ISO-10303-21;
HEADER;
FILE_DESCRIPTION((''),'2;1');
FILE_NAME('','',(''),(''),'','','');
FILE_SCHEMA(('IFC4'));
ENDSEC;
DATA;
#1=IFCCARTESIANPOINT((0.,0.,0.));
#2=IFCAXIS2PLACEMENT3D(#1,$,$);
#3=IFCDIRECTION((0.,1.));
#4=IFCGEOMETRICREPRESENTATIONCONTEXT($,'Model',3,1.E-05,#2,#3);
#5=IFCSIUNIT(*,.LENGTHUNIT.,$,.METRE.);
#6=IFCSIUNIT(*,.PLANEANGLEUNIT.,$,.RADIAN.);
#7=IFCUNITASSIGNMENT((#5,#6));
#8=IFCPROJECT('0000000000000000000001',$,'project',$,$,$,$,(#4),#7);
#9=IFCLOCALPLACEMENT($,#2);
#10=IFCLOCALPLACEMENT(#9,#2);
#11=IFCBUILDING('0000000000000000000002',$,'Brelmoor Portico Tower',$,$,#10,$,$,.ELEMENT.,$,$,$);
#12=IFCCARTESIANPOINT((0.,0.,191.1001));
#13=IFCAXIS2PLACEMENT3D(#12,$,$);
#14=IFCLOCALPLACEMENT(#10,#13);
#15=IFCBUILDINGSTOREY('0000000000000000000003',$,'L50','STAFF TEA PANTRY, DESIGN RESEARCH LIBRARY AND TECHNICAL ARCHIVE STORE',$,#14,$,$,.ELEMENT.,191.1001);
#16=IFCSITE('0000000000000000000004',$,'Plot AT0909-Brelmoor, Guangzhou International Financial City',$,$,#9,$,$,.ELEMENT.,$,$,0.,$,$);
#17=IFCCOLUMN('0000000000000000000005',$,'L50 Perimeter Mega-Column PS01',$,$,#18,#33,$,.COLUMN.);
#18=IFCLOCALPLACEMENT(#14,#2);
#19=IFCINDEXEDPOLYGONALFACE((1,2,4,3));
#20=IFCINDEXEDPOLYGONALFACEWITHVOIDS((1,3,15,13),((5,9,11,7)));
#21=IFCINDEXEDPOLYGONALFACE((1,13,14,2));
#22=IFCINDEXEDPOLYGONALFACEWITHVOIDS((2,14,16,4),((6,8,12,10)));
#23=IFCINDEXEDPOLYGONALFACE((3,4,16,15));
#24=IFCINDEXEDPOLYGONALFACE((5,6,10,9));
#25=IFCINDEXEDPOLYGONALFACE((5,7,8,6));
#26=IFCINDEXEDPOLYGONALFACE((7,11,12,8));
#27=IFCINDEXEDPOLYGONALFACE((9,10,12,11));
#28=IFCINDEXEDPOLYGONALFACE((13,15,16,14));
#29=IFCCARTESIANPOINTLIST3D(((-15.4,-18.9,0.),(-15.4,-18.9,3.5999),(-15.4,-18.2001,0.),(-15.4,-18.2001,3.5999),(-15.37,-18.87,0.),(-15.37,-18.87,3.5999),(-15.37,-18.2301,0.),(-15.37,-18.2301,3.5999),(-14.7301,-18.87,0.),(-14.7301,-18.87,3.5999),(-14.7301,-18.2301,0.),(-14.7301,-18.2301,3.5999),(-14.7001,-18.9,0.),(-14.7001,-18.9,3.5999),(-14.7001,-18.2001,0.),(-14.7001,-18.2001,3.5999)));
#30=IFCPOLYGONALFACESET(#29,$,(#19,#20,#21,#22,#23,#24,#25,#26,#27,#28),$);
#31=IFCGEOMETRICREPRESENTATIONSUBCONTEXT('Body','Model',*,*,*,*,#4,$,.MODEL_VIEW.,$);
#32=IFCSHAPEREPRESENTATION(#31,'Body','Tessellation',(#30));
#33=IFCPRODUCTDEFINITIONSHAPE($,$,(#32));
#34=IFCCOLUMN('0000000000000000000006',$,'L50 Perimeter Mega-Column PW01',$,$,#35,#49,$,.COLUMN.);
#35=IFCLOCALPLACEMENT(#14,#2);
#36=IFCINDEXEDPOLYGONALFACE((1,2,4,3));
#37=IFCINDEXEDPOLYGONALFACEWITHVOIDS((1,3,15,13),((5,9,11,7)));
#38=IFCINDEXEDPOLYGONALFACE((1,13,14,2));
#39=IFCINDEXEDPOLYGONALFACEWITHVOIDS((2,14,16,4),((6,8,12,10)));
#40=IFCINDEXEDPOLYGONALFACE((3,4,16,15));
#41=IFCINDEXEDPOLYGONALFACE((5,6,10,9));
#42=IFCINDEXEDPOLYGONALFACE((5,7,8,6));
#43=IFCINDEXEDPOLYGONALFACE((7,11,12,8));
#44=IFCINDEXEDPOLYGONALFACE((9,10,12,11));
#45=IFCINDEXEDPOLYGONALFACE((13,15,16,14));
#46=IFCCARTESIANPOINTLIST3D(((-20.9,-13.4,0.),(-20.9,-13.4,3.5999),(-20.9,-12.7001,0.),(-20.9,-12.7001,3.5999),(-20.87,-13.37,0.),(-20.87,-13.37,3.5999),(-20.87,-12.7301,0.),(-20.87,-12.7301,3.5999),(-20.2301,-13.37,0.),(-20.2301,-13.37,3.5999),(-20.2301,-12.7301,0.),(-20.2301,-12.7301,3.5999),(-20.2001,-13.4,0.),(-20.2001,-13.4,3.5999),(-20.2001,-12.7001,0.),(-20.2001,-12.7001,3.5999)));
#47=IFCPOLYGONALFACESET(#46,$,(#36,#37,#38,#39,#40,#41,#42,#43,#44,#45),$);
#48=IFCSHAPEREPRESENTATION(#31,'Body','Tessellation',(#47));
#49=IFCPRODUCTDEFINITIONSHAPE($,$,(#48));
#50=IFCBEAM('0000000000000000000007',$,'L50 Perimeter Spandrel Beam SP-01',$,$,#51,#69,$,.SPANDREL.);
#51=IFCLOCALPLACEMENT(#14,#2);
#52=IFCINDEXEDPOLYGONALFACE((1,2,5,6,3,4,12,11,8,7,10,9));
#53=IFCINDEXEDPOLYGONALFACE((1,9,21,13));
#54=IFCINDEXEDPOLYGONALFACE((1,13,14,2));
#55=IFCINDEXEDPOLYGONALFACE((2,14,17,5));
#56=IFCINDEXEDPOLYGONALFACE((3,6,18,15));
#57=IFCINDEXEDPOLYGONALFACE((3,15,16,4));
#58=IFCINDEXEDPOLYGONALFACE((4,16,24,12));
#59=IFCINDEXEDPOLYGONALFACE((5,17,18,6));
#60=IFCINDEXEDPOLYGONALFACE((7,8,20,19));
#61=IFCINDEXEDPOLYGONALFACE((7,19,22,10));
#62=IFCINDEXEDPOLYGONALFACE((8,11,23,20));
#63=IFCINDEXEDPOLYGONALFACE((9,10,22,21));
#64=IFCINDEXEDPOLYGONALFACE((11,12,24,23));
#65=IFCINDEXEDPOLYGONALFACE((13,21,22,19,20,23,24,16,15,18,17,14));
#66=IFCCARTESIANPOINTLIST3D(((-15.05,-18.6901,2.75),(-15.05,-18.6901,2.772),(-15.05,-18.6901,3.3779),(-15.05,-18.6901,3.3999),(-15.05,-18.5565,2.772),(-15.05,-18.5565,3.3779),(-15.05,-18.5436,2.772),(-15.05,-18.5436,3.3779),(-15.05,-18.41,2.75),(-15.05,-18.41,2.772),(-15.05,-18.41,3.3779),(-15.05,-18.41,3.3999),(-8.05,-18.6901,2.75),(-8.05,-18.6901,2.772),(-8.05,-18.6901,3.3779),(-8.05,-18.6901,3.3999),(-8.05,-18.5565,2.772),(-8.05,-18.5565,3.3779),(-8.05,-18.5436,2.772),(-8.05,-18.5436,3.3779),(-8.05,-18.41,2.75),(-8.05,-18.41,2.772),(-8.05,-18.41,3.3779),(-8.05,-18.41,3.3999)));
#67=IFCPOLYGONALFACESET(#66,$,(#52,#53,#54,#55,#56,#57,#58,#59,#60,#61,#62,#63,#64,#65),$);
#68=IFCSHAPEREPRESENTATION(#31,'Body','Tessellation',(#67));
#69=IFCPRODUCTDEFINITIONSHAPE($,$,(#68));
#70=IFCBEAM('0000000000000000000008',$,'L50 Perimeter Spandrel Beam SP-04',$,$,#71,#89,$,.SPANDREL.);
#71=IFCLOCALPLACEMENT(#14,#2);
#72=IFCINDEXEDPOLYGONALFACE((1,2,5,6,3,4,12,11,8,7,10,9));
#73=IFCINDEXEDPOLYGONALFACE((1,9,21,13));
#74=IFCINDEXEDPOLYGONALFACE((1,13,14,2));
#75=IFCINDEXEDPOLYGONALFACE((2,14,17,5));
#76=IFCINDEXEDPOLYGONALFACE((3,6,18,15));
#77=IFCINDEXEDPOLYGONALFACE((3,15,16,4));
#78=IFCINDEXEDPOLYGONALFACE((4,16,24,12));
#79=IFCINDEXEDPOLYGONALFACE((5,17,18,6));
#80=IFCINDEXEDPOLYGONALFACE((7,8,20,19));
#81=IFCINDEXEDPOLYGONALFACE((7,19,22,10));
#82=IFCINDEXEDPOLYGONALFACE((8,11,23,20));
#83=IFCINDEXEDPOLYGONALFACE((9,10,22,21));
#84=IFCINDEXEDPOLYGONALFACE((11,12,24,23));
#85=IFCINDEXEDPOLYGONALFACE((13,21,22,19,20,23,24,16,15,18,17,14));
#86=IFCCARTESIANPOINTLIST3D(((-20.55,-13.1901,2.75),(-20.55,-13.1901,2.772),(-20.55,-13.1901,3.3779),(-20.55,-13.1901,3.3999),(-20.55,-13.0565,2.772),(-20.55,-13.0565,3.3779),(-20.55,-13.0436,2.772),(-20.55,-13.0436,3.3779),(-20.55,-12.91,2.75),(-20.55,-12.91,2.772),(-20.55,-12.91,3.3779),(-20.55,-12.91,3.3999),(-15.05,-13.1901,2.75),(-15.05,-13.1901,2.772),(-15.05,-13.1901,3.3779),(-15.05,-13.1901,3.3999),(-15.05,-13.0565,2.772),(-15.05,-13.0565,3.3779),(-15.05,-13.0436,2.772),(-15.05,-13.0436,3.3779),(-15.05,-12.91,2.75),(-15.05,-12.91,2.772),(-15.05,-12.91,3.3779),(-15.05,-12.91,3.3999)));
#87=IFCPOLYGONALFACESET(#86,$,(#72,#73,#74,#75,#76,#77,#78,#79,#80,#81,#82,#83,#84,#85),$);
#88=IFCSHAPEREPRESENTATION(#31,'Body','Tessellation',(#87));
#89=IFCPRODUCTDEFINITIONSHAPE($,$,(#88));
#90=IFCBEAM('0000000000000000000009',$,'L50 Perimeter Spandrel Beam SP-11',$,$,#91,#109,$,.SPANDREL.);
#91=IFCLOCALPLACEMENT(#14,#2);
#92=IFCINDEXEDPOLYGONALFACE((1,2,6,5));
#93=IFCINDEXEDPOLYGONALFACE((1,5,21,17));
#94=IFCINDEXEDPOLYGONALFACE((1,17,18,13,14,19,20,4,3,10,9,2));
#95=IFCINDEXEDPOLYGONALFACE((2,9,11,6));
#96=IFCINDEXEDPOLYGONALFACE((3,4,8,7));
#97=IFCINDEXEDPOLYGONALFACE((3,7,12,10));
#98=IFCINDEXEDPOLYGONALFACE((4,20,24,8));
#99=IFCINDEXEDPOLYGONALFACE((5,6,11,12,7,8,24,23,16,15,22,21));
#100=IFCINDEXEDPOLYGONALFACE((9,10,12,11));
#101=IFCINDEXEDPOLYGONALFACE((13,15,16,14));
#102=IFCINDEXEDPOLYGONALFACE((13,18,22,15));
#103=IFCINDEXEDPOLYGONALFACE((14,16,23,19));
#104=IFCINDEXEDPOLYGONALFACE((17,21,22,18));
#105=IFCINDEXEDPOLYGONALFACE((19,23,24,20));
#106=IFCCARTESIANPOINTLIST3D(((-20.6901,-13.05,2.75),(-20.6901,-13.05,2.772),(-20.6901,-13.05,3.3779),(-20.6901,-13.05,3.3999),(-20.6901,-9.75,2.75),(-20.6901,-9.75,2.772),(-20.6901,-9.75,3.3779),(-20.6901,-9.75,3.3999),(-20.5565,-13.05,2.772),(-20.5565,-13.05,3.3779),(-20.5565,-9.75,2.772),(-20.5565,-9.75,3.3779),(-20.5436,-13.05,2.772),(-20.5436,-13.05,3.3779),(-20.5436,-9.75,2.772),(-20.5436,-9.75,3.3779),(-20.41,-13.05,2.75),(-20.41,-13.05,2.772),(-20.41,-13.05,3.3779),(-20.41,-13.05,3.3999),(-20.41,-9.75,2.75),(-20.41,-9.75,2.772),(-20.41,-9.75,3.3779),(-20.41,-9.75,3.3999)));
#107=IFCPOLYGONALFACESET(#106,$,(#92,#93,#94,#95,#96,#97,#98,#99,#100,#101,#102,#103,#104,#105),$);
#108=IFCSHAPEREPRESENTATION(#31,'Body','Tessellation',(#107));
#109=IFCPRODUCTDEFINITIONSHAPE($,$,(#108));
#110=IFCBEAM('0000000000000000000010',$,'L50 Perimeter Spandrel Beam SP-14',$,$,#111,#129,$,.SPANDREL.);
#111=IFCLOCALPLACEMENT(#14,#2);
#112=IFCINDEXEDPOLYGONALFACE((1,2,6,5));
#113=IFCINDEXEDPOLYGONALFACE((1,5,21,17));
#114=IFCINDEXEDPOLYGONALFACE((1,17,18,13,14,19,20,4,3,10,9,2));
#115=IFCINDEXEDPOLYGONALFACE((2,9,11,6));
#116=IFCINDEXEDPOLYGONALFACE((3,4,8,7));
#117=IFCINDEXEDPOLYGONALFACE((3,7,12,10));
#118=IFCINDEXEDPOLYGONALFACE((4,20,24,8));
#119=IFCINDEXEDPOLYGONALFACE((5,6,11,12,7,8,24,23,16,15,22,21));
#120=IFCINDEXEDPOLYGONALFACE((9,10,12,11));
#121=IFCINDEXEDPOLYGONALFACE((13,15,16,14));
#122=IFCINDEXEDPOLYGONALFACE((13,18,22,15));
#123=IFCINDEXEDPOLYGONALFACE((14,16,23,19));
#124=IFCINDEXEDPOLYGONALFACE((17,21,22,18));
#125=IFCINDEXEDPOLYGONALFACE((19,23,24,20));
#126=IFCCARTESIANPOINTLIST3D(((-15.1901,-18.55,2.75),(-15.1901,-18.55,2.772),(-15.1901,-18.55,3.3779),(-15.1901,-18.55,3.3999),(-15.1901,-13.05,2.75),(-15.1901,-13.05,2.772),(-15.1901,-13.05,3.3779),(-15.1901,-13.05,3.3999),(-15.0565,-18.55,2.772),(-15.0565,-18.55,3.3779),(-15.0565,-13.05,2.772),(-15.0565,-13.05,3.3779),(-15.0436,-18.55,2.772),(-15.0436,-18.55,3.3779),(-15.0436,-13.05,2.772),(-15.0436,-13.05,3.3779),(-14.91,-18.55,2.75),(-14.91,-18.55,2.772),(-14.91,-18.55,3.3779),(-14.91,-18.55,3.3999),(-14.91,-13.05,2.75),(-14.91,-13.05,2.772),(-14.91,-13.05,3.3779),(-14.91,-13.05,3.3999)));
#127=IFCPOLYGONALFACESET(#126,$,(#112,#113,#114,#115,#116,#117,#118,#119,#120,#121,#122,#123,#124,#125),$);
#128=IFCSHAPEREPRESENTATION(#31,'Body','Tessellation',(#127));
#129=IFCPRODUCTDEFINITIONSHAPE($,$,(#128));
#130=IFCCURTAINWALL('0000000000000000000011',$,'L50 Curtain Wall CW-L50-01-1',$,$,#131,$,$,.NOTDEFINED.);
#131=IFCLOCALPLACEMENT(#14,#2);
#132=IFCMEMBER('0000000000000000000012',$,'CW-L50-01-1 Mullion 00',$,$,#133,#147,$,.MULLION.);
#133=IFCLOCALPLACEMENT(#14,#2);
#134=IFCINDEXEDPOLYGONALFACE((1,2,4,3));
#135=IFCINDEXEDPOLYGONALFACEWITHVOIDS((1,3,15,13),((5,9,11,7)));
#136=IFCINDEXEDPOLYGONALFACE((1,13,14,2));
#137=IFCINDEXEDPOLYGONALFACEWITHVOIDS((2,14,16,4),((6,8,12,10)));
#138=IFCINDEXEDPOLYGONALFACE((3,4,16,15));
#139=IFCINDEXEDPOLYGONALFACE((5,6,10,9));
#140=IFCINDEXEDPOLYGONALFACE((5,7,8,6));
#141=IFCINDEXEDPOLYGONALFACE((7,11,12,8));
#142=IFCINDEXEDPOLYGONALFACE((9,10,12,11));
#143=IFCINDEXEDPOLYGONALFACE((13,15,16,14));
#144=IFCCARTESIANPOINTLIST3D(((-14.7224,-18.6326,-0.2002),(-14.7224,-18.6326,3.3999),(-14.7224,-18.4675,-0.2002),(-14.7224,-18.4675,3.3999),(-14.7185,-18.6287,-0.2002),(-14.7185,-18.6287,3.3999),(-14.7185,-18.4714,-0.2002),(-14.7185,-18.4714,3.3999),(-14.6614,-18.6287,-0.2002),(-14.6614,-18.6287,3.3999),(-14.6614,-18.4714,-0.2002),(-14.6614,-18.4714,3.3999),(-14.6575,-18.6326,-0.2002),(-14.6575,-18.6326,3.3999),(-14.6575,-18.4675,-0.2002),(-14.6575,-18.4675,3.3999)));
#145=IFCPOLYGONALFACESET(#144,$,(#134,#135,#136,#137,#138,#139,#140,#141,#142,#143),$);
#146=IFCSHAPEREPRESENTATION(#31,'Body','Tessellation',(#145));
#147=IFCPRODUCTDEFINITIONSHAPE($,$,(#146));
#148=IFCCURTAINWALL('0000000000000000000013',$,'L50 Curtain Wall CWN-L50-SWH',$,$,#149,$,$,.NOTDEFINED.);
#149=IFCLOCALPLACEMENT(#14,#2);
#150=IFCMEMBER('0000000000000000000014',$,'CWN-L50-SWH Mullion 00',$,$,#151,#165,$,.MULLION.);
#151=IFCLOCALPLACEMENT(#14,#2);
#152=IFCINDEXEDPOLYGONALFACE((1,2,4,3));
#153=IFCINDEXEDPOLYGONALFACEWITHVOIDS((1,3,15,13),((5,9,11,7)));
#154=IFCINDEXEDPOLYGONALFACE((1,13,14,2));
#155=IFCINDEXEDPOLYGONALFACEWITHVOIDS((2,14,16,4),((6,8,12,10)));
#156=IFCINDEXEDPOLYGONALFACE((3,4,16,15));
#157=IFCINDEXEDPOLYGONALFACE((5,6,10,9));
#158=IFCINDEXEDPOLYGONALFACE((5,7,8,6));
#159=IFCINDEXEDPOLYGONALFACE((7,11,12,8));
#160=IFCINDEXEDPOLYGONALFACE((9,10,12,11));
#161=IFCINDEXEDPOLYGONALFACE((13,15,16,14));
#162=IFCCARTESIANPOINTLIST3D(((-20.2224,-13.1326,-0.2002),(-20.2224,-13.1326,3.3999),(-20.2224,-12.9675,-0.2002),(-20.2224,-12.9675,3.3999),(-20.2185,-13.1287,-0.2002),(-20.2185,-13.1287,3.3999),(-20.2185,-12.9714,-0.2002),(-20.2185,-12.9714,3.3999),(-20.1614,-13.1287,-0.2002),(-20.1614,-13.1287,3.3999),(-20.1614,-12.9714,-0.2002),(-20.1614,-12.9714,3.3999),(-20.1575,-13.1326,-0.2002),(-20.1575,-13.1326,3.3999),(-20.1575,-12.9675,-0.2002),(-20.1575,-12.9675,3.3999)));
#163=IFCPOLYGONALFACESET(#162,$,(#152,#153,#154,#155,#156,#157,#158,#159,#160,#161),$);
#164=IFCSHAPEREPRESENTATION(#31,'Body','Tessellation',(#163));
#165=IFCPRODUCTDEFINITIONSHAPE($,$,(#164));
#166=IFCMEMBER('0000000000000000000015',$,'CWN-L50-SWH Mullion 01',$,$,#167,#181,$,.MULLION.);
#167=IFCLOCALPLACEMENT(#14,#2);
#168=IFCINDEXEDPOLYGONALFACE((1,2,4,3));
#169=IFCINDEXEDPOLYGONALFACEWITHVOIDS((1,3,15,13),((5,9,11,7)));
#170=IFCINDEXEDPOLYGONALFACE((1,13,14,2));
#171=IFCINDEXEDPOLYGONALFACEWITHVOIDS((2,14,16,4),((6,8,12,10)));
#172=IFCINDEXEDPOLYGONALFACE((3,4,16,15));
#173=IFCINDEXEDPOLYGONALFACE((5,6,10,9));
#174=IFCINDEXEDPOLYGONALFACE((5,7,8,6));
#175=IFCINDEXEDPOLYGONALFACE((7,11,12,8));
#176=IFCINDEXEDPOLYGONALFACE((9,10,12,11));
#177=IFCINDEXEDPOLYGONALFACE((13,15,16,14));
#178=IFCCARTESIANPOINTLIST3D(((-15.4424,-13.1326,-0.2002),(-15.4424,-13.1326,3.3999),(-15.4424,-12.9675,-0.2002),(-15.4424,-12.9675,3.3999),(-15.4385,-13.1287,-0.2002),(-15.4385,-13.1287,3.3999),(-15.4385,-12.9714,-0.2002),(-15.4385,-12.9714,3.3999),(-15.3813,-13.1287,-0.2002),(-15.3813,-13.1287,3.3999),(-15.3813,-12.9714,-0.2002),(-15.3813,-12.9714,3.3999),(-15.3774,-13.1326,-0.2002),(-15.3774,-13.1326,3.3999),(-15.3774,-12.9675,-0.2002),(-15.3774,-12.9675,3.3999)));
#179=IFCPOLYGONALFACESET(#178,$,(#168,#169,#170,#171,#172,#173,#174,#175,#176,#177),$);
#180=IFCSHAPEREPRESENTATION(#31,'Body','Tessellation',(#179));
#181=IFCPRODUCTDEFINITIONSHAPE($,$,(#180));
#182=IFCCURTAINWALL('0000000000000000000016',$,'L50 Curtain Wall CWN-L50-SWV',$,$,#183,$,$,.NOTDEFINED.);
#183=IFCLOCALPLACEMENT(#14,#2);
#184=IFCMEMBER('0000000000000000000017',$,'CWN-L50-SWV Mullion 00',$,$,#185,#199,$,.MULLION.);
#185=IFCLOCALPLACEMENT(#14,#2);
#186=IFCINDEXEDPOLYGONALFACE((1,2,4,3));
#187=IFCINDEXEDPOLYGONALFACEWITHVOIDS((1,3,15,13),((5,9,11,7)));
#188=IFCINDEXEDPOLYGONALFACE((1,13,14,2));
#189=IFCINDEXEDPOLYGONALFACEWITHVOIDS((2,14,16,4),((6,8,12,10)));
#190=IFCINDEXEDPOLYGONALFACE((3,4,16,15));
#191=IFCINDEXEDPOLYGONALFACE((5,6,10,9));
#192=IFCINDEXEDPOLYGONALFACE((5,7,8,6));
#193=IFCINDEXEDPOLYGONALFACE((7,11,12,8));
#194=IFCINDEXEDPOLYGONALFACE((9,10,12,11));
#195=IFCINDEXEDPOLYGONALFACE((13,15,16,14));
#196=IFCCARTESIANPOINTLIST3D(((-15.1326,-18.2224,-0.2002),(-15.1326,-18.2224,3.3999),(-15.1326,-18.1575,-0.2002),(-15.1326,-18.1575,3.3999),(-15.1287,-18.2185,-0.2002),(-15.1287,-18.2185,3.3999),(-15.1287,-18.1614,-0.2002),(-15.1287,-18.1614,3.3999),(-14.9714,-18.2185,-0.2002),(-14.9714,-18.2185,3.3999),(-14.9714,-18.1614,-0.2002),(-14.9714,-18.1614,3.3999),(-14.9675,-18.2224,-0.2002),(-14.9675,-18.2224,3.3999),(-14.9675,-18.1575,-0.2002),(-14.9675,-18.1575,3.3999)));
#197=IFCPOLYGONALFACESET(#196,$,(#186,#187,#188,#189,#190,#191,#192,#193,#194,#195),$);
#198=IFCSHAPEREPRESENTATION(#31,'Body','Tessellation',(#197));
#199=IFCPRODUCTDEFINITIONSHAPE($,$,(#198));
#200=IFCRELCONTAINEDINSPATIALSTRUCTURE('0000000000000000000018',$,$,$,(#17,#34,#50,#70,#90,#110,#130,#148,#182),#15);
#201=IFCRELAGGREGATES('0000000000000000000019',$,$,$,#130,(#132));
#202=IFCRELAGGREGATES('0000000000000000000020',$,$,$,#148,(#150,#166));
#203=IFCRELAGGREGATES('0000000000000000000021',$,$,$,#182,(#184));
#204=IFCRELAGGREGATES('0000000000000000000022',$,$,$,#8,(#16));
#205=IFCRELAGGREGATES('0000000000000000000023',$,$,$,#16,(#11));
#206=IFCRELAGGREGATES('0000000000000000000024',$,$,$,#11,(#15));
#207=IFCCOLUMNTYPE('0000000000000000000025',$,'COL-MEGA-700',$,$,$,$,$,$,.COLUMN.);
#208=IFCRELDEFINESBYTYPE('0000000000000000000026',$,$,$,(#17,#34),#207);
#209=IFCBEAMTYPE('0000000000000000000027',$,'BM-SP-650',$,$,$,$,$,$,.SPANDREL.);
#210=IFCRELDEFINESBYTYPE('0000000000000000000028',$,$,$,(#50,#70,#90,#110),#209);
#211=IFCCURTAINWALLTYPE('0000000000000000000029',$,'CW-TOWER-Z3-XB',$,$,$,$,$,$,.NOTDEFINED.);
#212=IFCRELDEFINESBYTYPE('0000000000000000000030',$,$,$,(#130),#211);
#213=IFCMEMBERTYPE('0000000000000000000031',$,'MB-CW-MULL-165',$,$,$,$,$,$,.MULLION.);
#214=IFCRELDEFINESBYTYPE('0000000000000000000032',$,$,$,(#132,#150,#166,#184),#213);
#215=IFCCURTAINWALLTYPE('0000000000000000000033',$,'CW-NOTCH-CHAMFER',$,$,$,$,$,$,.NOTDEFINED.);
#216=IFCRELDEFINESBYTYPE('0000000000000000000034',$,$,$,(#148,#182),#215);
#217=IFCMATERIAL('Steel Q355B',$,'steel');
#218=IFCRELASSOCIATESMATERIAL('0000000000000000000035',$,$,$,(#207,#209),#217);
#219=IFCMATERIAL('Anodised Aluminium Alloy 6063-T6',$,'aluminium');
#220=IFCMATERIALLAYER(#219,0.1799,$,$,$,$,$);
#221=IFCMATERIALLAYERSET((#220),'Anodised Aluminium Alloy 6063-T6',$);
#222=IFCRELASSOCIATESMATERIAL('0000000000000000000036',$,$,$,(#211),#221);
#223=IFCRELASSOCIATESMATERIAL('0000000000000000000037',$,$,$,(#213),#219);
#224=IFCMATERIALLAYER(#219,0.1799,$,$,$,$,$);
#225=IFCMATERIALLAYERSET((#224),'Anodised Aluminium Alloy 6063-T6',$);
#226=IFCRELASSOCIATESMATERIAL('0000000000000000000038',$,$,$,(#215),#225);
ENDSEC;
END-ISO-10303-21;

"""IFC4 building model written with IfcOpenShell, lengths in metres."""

from ifc_helpers import new_model, si_unit, direction, frame, origin, origin_2d, place, context, subcontext, project, spatial, hollow_rectangle, i_section, extrude, material, layer, layer_set, material_profile, profile_set, type_object, element, aggregate, save


model = new_model("IFC4")

# Units and contexts
model_context = context("Model", 3, precision=1e-05, world=origin(), true_north=direction((0.0, 1.0)))
body_context = subcontext(model_context, "Body", "Model", "MODEL_VIEW")
ifc_project = project(units=[si_unit("LENGTHUNIT", "METRE"), si_unit("PLANEANGLEUNIT", "RADIAN")], contexts=[model_context])

# Site, building, storey
site_placement = place(None, origin())
site = spatial("IfcSite", under=ifc_project, at=site_placement, Name="Plot AT0909-Brelmoor, Guangzhou International Financial City", CompositionType="ELEMENT", RefElevation=0.0)
building_placement = place(site_placement, origin())
building = spatial("IfcBuilding", under=site, at=building_placement, Name="Brelmoor Portico Tower", CompositionType="ELEMENT")
storey_placement = place(building_placement, frame((0.0, 0.0, 191.1001)))
storey = spatial("IfcBuildingStorey", under=building, at=storey_placement, Name="L50", Description="STAFF TEA PANTRY, DESIGN RESEARCH LIBRARY AND TECHNICAL ARCHIVE STORE", CompositionType="ELEMENT", Elevation=191.1001)

# Columns
ifc_material_1 = material(Name="Steel Q355B", Category="steel")
ifc_material_profile_1 = material_profile(ifc_material_1, hollow_rectangle(XDim=0.7, YDim=0.7, WallThickness=0.03, at=origin_2d()), Name="BOX 700x700x30")
ifc_profile_set_1 = profile_set([ifc_material_profile_1], Name="Steel Q355B")
column_type = type_object("IfcColumnType", Name="COL-MEGA-700", PredefinedType="COLUMN", material=ifc_profile_set_1)
for number, where, z_axis, x_axis, name in (
    (1, (-15.05, -18.55, 0.0), (0.0, 0.0, 1.0), (1.0, 0.0, 0.0), "L50 Perimeter Mega-Column PS01"),
    (2, (-20.55, -13.05, 0.0), (0.0, 0.0, 1.0), (0.0, 1.0, 0.0), "L50 Perimeter Mega-Column PW01"),
):
    element("IfcColumn", number, at=place(storey_placement, frame(where, z_axis=z_axis, x_axis=x_axis)), inside=storey, type_object=column_type, Name=name, PredefinedType="COLUMN", context=body_context, shape_type="SweptSolid", body=[
        extrude(hollow_rectangle(XDim=0.7, YDim=0.7, WallThickness=0.03, at=origin_2d()), origin(), (0.0, 0.0, 1.0), 3.5999),
    ])

# Beams
ifc_material_profile_2 = material_profile(ifc_material_1, i_section(OverallWidth=0.28, OverallDepth=0.6499, WebThickness=0.0129, FlangeThickness=0.022, at=origin_2d()), Name="HN 650x280x13x22")
ifc_profile_set_2 = profile_set([ifc_material_profile_2], Name="Steel Q355B")
beam_type = type_object("IfcBeamType", Name="BM-SP-650", PredefinedType="SPANDREL", material=ifc_profile_set_2)
beam_1_placement = place(storey_placement, frame((-15.05, -18.55, 3.075), z_axis=(1.0, 0.0, 0.0), x_axis=(0.0, 1.0, 0.0)))
element("IfcBeam", 3, at=beam_1_placement, inside=storey, type_object=beam_type, Name="L50 Perimeter Spandrel Beam SP-01", PredefinedType="SPANDREL", context=body_context, shape_type="SweptSolid", body=[
    extrude(i_section(OverallWidth=0.28, OverallDepth=0.6499, WebThickness=0.0129, FlangeThickness=0.022, at=origin_2d()), origin(), (0.0, 0.0, 1.0), 7.0),
])
beam_2_placement = place(storey_placement, frame((-20.55, -13.05, 3.075), z_axis=(1.0, 0.0, 0.0), x_axis=(0.0, 1.0, 0.0)))
element("IfcBeam", 4, at=beam_2_placement, inside=storey, type_object=beam_type, Name="L50 Perimeter Spandrel Beam SP-04", PredefinedType="SPANDREL", context=body_context, shape_type="SweptSolid", body=[
    extrude(i_section(OverallWidth=0.28, OverallDepth=0.6499, WebThickness=0.0129, FlangeThickness=0.022, at=origin_2d()), origin(), (0.0, 0.0, 1.0), 5.5),
])
beam_3_placement = place(storey_placement, frame((-20.55, -13.05, 3.075), z_axis=(0.0, 1.0, 0.0), x_axis=(-1.0, 0.0, 0.0)))
element("IfcBeam", 5, at=beam_3_placement, inside=storey, type_object=beam_type, Name="L50 Perimeter Spandrel Beam SP-11", PredefinedType="SPANDREL", context=body_context, shape_type="SweptSolid", body=[
    extrude(i_section(OverallWidth=0.28, OverallDepth=0.6499, WebThickness=0.0129, FlangeThickness=0.022, at=origin_2d()), origin(), (0.0, 0.0, 1.0), 3.3),
])
beam_4_placement = place(storey_placement, frame((-15.05, -18.55, 3.075), z_axis=(0.0, 1.0, 0.0), x_axis=(-1.0, 0.0, 0.0)))
element("IfcBeam", 6, at=beam_4_placement, inside=storey, type_object=beam_type, Name="L50 Perimeter Spandrel Beam SP-14", PredefinedType="SPANDREL", context=body_context, shape_type="SweptSolid", body=[
    extrude(i_section(OverallWidth=0.28, OverallDepth=0.6499, WebThickness=0.0129, FlangeThickness=0.022, at=origin_2d()), origin(), (0.0, 0.0, 1.0), 5.5),
])

# Curtain wall, member
ifc_material_2 = material(Name="Anodised Aluminium Alloy 6063-T6", Category="aluminium")
ifc_layer_1 = layer(ifc_material_2, 0.1799)
ifc_layer_set_1 = layer_set([ifc_layer_1], Name="Anodised Aluminium Alloy 6063-T6")
curtain_wall_type_1 = type_object("IfcCurtainWallType", Name="CW-TOWER-Z3-XB", PredefinedType="NOTDEFINED", material=ifc_layer_set_1)
curtain_wall_1_placement = place(storey_placement, origin())
curtain_wall_1 = element("IfcCurtainWall", 7, at=curtain_wall_1_placement, inside=storey, type_object=curtain_wall_type_1, Name="L50 Curtain Wall CW-L50-01-1", PredefinedType="NOTDEFINED")
ifc_material_profile_3 = material_profile(ifc_material_2, hollow_rectangle(XDim=0.0649, YDim=0.165, WallThickness=0.0039, at=origin_2d()), Name="ALU MULLION 65x165")
ifc_profile_set_3 = profile_set([ifc_material_profile_3], Name="Anodised Aluminium Alloy 6063-T6")
member_type_1 = type_object("IfcMemberType", Name="MB-CW-MULL-165", PredefinedType="MULLION", material=ifc_profile_set_3)
member_1_placement = place(storey_placement, frame((-14.6899, -18.55, -0.2002), z_axis=(0.0, 0.0, 1.0), x_axis=(1.0, 0.0, 0.0)))
member_1 = element("IfcMember", 8, at=member_1_placement, type_object=member_type_1, Name="CW-L50-01-1 Mullion 00", PredefinedType="MULLION", context=body_context, shape_type="SweptSolid", body=[
    extrude(hollow_rectangle(XDim=0.0649, YDim=0.165, WallThickness=0.0039, at=origin_2d()), origin(), (0.0, 0.0, 1.0), 3.6001),
])

# Curtain walls, members
ifc_layer_2 = layer(ifc_material_2, 0.1799)
ifc_layer_set_2 = layer_set([ifc_layer_2], Name="Anodised Aluminium Alloy 6063-T6")
curtain_wall_type_2 = type_object("IfcCurtainWallType", Name="CW-NOTCH-CHAMFER", PredefinedType="NOTDEFINED", material=ifc_layer_set_2)
curtain_wall_2_placement = place(storey_placement, origin())
curtain_wall_2 = element("IfcCurtainWall", 9, at=curtain_wall_2_placement, inside=storey, type_object=curtain_wall_type_2, Name="L50 Curtain Wall CWN-L50-SWH", PredefinedType="NOTDEFINED")
member_2_placement = place(storey_placement, frame((-20.1899, -13.05, -0.2002), z_axis=(0.0, 0.0, 1.0), x_axis=(1.0, 0.0, 0.0)))
member_2 = element("IfcMember", 10, at=member_2_placement, type_object=member_type_1, Name="CWN-L50-SWH Mullion 00", PredefinedType="MULLION", context=body_context, shape_type="SweptSolid", body=[
    extrude(hollow_rectangle(XDim=0.0649, YDim=0.165, WallThickness=0.0039, at=origin_2d()), origin(), (0.0, 0.0, 1.0), 3.6001),
])
member_3_placement = place(storey_placement, frame((-15.4099, -13.05, -0.2002), z_axis=(0.0, 0.0, 1.0), x_axis=(1.0, 0.0, 0.0)))
member_3 = element("IfcMember", 11, at=member_3_placement, type_object=member_type_1, Name="CWN-L50-SWH Mullion 01", PredefinedType="MULLION", context=body_context, shape_type="SweptSolid", body=[
    extrude(hollow_rectangle(XDim=0.0649, YDim=0.165, WallThickness=0.0039, at=origin_2d()), origin(), (0.0, 0.0, 1.0), 3.6001),
])
curtain_wall_3_placement = place(storey_placement, origin())
curtain_wall_3 = element("IfcCurtainWall", 12, at=curtain_wall_3_placement, inside=storey, type_object=curtain_wall_type_2, Name="L50 Curtain Wall CWN-L50-SWV", PredefinedType="NOTDEFINED")
member_4_placement = place(storey_placement, frame((-15.05, -18.1899, -0.2002), z_axis=(0.0, 0.0, 1.0), x_axis=(0.0, 1.0, 0.0)))
member_4 = element("IfcMember", 13, at=member_4_placement, type_object=member_type_1, Name="CWN-L50-SWV Mullion 00", PredefinedType="MULLION", context=body_context, shape_type="SweptSolid", body=[
    extrude(hollow_rectangle(XDim=0.0649, YDim=0.165, WallThickness=0.0039, at=origin_2d()), origin(), (0.0, 0.0, 1.0), 3.6001),
])

aggregate(curtain_wall_1, [member_1])

aggregate(curtain_wall_2, [member_2, member_3])
aggregate(curtain_wall_3, [member_4])

save(model, "model.ifc")
